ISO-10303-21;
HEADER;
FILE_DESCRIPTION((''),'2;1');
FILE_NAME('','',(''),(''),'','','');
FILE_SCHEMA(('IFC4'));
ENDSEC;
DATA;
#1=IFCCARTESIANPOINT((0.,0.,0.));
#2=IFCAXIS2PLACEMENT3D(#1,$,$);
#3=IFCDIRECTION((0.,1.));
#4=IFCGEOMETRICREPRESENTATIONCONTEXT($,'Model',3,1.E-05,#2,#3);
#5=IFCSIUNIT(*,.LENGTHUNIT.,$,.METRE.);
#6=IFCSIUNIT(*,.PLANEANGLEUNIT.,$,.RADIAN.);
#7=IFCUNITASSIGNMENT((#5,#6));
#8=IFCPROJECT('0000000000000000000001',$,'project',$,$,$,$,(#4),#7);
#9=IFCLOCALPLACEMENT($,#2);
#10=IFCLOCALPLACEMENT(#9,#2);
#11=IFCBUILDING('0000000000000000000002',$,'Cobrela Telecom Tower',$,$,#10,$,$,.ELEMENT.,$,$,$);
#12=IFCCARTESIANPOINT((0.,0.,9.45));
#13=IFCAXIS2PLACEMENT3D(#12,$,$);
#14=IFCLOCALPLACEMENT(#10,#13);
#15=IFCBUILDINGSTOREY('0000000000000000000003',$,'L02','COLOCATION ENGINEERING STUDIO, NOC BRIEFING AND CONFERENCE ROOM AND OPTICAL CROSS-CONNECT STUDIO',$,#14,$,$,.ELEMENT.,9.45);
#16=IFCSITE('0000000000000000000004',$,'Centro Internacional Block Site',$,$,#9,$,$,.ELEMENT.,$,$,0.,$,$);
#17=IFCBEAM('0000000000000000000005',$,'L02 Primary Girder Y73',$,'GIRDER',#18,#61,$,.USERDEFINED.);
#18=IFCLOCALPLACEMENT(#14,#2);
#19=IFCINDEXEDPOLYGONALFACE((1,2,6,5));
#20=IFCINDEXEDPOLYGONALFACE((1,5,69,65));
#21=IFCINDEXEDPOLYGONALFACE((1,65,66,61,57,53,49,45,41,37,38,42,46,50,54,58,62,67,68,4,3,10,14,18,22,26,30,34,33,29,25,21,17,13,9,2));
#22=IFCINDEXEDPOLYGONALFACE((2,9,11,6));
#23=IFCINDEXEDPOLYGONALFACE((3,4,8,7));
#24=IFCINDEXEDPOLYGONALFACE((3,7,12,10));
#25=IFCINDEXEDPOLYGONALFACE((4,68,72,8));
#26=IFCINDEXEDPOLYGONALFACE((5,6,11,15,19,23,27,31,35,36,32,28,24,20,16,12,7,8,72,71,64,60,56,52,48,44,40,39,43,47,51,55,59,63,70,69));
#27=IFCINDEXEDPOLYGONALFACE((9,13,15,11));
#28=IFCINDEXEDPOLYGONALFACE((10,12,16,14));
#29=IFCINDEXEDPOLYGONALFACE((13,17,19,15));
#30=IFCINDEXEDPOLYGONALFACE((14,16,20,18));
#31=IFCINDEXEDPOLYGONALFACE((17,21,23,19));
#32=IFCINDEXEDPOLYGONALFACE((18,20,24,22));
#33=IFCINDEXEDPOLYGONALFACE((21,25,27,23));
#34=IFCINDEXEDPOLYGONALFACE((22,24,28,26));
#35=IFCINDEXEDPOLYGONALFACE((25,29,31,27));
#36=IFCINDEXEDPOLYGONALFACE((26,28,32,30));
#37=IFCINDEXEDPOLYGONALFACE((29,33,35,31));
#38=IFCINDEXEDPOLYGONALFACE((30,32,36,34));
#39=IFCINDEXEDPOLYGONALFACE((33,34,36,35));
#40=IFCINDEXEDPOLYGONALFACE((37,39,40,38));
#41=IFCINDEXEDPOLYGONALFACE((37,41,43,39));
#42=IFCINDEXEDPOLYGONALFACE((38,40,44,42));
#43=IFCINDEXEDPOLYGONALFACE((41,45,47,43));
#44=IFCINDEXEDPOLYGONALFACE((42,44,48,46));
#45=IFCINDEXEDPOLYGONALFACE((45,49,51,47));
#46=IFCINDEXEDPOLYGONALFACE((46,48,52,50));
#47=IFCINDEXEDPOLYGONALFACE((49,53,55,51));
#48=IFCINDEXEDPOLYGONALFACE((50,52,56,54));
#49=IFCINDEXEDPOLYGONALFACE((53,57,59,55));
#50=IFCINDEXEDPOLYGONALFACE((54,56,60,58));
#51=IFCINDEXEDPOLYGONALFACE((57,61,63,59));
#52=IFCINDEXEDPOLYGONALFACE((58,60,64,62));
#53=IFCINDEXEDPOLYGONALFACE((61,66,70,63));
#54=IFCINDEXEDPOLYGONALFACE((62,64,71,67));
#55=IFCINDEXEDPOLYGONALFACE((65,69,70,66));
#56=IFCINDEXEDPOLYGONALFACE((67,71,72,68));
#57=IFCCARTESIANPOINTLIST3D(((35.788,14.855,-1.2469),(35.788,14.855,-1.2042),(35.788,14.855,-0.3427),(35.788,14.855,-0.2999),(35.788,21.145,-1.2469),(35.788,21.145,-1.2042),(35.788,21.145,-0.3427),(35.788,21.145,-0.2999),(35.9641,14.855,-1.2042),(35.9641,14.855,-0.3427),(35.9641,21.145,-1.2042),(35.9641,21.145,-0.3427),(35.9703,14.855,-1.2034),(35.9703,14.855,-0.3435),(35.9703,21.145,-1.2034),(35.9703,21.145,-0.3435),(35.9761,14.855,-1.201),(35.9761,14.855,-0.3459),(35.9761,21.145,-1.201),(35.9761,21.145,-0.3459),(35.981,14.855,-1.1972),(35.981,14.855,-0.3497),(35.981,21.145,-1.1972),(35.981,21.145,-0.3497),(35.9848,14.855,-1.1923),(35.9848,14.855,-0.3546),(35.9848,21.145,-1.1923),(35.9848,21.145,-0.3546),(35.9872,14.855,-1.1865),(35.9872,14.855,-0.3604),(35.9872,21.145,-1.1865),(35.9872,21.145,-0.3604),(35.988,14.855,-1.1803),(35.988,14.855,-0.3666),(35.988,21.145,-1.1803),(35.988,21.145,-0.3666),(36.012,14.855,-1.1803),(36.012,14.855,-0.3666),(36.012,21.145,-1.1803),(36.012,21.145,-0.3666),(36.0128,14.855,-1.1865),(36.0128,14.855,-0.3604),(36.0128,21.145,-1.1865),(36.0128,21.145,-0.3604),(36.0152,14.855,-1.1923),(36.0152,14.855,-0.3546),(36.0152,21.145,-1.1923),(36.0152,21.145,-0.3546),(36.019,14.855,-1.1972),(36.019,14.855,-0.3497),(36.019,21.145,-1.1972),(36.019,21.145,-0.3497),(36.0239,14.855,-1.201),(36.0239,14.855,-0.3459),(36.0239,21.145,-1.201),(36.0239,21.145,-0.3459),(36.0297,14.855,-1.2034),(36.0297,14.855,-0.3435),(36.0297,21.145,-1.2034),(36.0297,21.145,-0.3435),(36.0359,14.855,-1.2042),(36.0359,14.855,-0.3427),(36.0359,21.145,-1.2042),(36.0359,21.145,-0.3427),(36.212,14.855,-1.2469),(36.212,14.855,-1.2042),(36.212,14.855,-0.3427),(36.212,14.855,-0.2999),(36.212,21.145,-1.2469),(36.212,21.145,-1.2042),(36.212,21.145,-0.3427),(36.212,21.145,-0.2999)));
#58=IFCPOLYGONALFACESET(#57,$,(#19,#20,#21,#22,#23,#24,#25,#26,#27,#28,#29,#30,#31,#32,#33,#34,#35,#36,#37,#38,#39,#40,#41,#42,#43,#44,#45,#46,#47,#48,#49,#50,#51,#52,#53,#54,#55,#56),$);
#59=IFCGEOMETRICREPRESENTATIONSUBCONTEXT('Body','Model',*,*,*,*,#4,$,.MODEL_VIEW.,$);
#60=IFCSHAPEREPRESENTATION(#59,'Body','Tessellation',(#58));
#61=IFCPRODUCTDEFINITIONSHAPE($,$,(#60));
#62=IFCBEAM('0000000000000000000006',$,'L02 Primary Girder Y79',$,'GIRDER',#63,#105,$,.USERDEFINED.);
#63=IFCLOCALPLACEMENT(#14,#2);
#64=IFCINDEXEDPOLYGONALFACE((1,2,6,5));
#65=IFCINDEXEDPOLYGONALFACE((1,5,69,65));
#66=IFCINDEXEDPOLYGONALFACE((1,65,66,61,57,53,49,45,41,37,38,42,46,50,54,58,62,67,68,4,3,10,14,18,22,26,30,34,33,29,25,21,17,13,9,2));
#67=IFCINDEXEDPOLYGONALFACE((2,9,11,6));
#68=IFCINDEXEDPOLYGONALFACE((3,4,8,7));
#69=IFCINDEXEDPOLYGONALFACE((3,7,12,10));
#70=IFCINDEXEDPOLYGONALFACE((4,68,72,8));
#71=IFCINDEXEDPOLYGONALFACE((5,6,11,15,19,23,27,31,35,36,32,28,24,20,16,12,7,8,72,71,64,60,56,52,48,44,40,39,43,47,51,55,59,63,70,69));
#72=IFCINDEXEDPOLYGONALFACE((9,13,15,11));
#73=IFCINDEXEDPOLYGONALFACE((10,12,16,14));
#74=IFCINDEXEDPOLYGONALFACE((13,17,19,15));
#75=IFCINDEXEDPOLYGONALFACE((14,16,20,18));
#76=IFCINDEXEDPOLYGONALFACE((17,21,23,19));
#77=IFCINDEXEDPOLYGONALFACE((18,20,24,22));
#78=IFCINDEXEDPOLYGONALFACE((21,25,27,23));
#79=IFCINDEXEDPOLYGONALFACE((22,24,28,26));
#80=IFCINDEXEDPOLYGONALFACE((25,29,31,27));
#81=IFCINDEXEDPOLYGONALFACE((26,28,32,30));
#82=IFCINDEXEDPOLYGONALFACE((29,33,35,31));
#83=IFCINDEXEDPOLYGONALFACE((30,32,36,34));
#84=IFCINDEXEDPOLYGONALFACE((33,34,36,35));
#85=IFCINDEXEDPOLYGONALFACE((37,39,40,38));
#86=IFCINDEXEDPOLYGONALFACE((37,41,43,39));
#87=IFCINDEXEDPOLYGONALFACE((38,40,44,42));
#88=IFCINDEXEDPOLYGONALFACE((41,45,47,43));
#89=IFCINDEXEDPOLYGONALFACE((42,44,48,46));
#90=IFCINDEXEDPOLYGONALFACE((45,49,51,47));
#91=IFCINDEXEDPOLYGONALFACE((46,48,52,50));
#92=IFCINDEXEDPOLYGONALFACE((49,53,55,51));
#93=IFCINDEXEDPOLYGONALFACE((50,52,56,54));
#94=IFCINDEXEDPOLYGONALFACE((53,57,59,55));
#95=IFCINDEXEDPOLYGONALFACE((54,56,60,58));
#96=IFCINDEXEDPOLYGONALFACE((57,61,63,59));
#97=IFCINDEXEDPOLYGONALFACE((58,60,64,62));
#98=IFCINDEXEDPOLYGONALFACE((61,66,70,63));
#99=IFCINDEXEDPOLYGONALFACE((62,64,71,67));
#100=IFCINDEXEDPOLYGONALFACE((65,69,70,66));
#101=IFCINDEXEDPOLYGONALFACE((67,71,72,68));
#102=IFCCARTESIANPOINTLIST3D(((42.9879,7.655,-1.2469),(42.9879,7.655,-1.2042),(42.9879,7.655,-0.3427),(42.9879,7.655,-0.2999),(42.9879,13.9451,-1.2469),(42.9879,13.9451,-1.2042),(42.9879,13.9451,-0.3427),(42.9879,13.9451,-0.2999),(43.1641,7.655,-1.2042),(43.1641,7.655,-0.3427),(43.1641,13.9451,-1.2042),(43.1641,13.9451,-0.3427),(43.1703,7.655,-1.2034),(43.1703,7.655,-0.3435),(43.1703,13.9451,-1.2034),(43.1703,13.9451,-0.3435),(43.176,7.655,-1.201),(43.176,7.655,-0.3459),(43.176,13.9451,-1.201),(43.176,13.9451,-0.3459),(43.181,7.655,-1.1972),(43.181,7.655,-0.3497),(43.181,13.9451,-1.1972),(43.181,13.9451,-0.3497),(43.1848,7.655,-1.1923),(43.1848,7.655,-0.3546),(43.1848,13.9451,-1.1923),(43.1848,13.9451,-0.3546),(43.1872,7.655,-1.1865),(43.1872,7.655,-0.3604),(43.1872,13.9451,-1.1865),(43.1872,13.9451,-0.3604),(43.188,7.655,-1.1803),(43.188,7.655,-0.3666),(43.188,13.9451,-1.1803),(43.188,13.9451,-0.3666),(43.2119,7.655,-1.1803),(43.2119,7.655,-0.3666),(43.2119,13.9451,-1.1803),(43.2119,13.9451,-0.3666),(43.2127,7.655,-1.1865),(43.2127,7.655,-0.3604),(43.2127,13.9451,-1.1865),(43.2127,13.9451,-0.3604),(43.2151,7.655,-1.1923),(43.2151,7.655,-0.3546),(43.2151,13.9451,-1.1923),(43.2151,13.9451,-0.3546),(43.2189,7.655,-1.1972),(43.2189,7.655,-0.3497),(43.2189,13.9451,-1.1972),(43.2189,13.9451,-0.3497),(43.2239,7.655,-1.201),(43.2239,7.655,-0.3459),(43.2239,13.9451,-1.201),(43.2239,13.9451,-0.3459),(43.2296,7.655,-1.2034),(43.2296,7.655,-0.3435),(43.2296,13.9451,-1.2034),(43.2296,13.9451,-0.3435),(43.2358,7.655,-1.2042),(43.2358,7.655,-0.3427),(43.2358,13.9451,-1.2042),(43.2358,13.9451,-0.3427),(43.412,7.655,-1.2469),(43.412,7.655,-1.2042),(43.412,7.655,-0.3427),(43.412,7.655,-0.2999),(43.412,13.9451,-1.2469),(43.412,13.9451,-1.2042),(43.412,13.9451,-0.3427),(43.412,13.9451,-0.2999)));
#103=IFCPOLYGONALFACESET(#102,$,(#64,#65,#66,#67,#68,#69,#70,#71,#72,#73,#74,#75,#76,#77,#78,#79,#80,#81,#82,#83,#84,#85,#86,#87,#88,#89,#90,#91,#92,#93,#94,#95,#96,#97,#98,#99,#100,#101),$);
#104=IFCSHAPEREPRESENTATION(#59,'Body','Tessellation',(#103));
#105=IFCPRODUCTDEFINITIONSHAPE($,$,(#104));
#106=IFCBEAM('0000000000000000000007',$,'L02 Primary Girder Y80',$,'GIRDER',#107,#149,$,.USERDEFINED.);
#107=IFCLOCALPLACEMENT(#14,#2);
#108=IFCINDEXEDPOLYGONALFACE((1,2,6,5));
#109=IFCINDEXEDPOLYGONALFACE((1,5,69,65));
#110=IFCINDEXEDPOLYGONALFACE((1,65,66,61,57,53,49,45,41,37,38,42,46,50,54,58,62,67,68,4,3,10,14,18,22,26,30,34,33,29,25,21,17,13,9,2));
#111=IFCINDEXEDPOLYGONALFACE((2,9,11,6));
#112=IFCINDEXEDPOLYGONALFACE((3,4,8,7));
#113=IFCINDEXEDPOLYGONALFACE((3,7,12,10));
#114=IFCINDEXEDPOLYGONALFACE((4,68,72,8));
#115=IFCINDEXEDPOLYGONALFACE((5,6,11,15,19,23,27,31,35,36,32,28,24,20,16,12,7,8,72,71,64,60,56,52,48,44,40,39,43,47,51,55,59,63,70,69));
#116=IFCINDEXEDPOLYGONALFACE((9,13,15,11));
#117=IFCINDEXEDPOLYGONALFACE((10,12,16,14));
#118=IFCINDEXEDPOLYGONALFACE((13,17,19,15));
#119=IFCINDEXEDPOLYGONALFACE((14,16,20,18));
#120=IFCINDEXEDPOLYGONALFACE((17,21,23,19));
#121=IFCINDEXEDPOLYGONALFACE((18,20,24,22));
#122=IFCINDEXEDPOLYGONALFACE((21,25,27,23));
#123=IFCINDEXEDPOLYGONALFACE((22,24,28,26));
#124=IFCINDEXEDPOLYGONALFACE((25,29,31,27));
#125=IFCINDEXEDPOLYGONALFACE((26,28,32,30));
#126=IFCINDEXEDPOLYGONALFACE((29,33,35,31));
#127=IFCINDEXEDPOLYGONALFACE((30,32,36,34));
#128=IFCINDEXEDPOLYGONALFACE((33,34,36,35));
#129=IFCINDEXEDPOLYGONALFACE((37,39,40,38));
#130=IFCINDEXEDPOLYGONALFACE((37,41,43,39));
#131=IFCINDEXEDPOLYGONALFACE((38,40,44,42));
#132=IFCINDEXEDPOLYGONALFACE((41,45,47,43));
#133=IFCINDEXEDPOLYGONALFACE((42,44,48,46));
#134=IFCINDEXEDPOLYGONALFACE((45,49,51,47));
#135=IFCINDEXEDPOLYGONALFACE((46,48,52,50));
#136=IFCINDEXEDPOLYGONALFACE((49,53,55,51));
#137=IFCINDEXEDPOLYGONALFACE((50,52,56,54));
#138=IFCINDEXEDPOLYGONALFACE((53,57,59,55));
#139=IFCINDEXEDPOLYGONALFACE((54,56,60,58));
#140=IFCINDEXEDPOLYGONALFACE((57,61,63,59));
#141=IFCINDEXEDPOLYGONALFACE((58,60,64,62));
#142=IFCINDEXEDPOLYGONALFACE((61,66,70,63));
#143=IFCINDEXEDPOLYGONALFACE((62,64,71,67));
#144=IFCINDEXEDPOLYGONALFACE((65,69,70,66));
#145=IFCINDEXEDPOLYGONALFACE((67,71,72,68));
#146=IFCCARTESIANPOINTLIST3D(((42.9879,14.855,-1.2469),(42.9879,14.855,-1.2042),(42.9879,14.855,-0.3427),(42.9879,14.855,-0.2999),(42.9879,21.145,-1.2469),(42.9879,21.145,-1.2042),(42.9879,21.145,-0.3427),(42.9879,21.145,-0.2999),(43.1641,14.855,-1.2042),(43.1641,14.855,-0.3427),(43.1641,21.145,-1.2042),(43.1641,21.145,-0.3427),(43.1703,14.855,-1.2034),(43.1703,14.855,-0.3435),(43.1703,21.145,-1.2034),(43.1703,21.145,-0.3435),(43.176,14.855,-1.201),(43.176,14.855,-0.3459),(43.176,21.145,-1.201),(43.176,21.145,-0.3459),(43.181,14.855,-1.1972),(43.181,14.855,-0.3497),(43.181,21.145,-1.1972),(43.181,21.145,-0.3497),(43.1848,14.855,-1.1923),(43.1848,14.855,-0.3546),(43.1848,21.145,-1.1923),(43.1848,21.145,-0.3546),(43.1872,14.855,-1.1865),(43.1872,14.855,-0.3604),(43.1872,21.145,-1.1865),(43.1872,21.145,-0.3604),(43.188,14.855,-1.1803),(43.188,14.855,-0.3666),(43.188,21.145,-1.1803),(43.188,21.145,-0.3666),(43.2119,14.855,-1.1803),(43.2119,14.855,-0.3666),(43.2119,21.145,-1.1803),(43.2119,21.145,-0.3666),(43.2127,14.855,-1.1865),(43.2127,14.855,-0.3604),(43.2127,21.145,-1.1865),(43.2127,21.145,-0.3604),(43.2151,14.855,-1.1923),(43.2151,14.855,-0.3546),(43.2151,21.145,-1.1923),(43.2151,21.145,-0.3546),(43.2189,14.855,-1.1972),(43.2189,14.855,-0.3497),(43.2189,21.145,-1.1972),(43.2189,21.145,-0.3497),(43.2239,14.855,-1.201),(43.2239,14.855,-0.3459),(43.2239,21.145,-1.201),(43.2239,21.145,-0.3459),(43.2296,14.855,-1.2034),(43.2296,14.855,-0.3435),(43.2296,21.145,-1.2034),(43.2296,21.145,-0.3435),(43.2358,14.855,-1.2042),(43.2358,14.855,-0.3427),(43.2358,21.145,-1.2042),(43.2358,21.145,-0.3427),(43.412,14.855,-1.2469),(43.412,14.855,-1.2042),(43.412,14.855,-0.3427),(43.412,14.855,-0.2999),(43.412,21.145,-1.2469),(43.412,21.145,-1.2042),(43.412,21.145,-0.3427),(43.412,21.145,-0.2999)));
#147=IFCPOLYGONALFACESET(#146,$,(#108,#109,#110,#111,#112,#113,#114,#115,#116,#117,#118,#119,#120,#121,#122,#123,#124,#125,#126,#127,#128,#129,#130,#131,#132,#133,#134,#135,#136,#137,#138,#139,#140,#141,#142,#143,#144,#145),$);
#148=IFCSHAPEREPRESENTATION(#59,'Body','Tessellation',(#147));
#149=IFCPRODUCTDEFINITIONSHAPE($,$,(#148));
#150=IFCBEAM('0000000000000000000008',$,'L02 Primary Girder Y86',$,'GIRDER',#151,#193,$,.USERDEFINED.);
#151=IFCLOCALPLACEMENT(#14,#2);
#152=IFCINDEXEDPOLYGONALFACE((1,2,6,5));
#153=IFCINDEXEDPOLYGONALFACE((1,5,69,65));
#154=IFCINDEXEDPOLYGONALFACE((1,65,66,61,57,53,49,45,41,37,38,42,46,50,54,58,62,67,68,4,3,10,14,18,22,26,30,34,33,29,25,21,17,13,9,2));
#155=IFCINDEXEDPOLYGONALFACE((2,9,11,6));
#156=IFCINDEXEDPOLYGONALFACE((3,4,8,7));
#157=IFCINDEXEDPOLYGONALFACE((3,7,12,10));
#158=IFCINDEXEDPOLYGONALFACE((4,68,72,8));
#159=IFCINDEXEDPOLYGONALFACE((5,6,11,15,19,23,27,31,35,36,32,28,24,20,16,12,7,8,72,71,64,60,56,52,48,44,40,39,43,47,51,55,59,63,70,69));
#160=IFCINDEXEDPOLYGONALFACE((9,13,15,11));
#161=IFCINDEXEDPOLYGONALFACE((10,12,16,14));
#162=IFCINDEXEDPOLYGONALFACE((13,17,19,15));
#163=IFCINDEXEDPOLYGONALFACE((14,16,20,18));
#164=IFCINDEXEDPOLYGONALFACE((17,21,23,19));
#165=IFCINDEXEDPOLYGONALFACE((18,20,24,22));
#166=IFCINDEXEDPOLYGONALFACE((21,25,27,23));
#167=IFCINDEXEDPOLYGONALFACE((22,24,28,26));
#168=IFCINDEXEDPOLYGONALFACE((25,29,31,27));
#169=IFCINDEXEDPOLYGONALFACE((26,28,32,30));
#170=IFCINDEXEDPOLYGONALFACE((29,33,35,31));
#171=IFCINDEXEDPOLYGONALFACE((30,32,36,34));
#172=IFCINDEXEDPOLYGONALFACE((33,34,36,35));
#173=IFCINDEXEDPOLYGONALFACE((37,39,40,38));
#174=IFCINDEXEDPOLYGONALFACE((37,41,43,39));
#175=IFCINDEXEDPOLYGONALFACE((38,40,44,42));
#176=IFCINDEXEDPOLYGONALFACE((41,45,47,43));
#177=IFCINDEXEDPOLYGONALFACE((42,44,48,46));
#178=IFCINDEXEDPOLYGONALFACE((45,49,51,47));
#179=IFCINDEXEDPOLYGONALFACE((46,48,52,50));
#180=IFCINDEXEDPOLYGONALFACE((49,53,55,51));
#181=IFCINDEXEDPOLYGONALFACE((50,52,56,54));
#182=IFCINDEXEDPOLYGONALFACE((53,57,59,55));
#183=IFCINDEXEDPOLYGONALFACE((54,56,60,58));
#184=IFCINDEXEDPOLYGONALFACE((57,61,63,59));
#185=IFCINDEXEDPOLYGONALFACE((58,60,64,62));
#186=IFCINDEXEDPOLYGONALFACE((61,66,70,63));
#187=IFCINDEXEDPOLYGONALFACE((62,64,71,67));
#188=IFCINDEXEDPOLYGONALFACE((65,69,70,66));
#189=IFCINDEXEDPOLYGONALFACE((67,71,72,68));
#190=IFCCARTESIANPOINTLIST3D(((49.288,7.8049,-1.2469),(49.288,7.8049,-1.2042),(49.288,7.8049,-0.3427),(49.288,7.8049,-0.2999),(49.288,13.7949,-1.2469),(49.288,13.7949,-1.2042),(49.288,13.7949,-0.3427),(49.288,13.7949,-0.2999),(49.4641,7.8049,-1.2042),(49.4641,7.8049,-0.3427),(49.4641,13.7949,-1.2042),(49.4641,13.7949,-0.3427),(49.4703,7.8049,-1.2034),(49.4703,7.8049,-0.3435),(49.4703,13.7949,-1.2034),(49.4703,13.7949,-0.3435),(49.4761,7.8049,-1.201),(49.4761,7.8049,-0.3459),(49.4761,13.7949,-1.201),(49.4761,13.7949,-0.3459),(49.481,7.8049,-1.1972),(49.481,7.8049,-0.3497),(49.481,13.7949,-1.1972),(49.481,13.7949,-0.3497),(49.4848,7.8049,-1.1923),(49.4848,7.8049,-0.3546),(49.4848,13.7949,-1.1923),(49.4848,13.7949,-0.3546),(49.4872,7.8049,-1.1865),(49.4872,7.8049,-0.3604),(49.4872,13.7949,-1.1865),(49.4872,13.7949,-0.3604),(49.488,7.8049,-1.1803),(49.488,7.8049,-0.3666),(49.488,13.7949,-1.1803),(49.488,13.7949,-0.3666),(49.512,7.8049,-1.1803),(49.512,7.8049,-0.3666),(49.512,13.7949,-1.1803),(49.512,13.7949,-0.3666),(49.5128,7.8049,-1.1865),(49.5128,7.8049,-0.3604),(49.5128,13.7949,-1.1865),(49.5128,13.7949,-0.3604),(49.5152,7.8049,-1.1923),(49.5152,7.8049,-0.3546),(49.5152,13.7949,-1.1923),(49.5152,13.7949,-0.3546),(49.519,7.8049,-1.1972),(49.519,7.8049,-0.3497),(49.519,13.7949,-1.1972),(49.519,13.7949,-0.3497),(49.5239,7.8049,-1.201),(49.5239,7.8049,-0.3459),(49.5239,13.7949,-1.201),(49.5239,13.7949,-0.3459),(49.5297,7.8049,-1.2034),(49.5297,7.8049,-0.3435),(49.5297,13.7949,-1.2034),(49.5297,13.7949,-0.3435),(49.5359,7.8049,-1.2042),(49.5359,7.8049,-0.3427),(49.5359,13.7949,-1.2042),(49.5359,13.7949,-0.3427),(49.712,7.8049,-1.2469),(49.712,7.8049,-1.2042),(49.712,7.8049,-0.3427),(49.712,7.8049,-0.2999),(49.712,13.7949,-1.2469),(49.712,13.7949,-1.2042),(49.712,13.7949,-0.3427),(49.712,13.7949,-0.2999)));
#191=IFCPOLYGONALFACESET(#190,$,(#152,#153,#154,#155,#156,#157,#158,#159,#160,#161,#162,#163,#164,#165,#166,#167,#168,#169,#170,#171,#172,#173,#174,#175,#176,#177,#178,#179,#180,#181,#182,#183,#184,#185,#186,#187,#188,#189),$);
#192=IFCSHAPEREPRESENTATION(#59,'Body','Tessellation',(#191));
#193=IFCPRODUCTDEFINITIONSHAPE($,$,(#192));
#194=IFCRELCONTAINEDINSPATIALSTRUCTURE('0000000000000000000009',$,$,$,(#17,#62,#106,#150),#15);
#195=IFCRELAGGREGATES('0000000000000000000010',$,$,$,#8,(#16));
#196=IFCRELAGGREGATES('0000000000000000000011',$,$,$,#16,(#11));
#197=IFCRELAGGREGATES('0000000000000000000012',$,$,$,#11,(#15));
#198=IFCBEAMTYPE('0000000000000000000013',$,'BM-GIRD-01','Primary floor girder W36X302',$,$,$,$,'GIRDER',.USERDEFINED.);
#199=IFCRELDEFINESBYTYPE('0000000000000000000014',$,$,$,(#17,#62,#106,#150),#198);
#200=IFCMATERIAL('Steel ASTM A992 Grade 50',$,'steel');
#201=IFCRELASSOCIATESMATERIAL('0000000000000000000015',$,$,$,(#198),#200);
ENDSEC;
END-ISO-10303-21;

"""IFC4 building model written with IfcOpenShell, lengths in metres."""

from ifc_helpers import new_model, si_unit, direction, frame, origin, origin_2d, place, context, subcontext, project, spatial, i_section, extrude, material, material_profile, profile_set, type_object, element, save


model = new_model("IFC4")

# Units and contexts
model_context = context("Model", 3, precision=1e-05, world=origin(), true_north=direction((0.0, 1.0)))
body_context = subcontext(model_context, "Body", "Model", "MODEL_VIEW")
ifc_project = project(units=[si_unit("LENGTHUNIT", "METRE"), si_unit("PLANEANGLEUNIT", "RADIAN")], contexts=[model_context])

# Site, building, storey
site_placement = place(None, origin())
site = spatial("IfcSite", under=ifc_project, at=site_placement, Name="Centro Internacional Block Site", CompositionType="ELEMENT", RefElevation=0.0)
building_placement = place(site_placement, origin())
building = spatial("IfcBuilding", under=site, at=building_placement, Name="Cobrela Telecom Tower", CompositionType="ELEMENT")
storey_placement = place(building_placement, frame((0.0, 0.0, 9.45)))
storey = spatial("IfcBuildingStorey", under=building, at=storey_placement, Name="L02", Description="COLOCATION ENGINEERING STUDIO, NOC BRIEFING AND CONFERENCE ROOM AND OPTICAL CROSS-CONNECT STUDIO", CompositionType="ELEMENT", Elevation=9.45)

# Beams
ifc_material_1 = material(Name="Steel ASTM A992 Grade 50", Category="steel")
ifc_material_profile_1 = material_profile(ifc_material_1, i_section(OverallWidth=0.4241, OverallDepth=0.947, WebThickness=0.0239, FlangeThickness=0.0427, FilletRadius=0.0239, at=origin_2d()), Name="W36X302")
ifc_profile_set_1 = profile_set([ifc_material_profile_1], Name="Steel ASTM A992 Grade 50")
beam_type_1 = type_object("IfcBeamType", Name="BM-GIRD-01", Description="Primary floor girder W36X302", ElementType="GIRDER", PredefinedType="USERDEFINED", material=ifc_profile_set_1)
for number, where, z_axis, x_axis, name in (
    (1, (36.0, 14.855, -0.7734), (0.0, 1.0, 0.0), (-1.0, 0.0, 0.0), "L02 Primary Girder Y73"),
    (2, (43.2, 7.655, -0.7734), (0.0, 1.0, 0.0), (-1.0, 0.0, 0.0), "L02 Primary Girder Y79"),
    (3, (43.2, 14.855, -0.7734), (0.0, 1.0, 0.0), (-1.0, 0.0, 0.0), "L02 Primary Girder Y80"),
):
    element("IfcBeam", number, at=place(storey_placement, frame(where, z_axis=z_axis, x_axis=x_axis)), inside=storey, type_object=beam_type_1, Name=name, ObjectType="GIRDER", PredefinedType="USERDEFINED", context=body_context, shape_type="SweptSolid", body=[
        extrude(i_section(OverallWidth=0.4241, OverallDepth=0.947, WebThickness=0.0239, FlangeThickness=0.0427, FilletRadius=0.0239, at=origin_2d()), origin(), (0.0, 0.0, 1.0), 6.29),
    ])
beam_1_placement = place(storey_placement, frame((49.5, 7.8049, -0.7734), z_axis=(0.0, 1.0, 0.0), x_axis=(-1.0, 0.0, 0.0)))
element("IfcBeam", 4, at=beam_1_placement, inside=storey, type_object=beam_type_1, Name="L02 Primary Girder Y86", ObjectType="GIRDER", PredefinedType="USERDEFINED", context=body_context, shape_type="SweptSolid", body=[
    extrude(i_section(OverallWidth=0.4241, OverallDepth=0.947, WebThickness=0.0239, FlangeThickness=0.0427, FilletRadius=0.0239, at=origin_2d()), origin(), (0.0, 0.0, 1.0), 5.99),
])

save(model, "model.ifc")
